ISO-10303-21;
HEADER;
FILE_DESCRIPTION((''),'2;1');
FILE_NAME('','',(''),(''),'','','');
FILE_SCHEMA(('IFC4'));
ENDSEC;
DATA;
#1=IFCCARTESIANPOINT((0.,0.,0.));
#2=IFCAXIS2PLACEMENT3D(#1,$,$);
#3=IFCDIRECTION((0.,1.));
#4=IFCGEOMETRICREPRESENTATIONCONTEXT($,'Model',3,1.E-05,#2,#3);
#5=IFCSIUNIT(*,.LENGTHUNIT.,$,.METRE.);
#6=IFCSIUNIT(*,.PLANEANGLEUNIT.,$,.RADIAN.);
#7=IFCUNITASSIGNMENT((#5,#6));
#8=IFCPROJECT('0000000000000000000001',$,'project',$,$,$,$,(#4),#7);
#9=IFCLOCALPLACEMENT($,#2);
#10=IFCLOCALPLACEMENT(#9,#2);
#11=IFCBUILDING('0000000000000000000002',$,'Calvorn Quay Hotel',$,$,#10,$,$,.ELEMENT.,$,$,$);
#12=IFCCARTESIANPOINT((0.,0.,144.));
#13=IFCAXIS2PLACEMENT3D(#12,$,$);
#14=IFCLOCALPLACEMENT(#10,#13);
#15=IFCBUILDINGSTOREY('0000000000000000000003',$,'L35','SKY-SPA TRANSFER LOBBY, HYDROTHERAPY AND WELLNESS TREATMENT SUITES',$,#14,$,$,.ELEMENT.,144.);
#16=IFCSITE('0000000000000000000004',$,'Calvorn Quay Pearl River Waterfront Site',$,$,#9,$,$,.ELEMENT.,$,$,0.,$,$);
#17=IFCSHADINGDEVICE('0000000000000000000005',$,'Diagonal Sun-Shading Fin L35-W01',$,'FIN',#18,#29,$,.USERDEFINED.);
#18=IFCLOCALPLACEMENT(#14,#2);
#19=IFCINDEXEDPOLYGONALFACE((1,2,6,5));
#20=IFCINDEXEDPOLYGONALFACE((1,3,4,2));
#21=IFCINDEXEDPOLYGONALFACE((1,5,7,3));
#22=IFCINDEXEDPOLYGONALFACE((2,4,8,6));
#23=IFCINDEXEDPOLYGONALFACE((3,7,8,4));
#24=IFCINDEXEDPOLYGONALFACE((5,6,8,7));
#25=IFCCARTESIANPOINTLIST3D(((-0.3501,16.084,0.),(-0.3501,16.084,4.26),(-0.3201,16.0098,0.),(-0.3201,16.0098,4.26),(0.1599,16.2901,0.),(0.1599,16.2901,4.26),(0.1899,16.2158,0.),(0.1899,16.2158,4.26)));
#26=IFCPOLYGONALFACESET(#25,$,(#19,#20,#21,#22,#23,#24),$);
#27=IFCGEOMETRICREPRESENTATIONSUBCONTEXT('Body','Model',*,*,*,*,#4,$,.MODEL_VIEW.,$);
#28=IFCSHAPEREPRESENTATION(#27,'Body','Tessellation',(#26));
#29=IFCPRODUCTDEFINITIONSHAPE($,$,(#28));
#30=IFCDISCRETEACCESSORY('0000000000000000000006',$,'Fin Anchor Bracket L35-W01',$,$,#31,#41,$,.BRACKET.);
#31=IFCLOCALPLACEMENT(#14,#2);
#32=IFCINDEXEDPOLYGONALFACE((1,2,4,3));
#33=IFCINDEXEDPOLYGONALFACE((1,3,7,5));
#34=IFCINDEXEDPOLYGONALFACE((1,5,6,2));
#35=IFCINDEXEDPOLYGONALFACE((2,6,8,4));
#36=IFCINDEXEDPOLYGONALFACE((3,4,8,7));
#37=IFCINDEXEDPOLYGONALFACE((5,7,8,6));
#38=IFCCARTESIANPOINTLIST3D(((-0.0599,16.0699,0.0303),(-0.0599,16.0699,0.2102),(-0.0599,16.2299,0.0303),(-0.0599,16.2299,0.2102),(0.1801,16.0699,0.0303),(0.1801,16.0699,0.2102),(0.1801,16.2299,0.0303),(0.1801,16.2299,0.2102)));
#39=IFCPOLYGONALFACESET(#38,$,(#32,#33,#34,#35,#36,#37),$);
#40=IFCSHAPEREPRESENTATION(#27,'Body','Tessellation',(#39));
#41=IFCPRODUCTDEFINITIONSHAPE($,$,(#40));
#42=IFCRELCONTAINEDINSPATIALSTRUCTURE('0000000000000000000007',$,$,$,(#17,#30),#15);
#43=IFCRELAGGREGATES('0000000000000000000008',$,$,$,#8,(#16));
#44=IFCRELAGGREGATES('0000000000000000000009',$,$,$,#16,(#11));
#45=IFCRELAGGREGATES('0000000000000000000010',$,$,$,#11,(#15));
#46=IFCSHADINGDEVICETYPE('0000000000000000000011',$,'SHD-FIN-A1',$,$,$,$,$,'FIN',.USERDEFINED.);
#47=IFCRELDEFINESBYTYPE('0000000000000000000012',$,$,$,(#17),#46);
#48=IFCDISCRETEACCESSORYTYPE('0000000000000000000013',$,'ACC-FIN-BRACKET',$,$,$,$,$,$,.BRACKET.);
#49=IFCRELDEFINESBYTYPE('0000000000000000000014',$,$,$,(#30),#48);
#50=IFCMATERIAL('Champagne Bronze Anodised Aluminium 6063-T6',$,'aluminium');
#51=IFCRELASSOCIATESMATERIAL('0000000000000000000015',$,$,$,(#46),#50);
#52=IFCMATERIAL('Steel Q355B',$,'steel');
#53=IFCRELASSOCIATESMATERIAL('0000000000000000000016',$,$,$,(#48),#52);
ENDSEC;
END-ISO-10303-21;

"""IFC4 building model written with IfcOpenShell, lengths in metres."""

from ifc_helpers import new_model, si_unit, direction, frame, origin, origin_2d, place, context, subcontext, project, spatial, rectangle, extrude, material, type_object, element, save


model = new_model("IFC4")

# Units and contexts
model_context = context("Model", 3, precision=1e-05, world=origin(), true_north=direction((0.0, 1.0)))
body_context = subcontext(model_context, "Body", "Model", "MODEL_VIEW")
ifc_project = project(units=[si_unit("LENGTHUNIT", "METRE"), si_unit("PLANEANGLEUNIT", "RADIAN")], contexts=[model_context])

# Site, building, storey
site_placement = place(None, origin())
site = spatial("IfcSite", under=ifc_project, at=site_placement, Name="Calvorn Quay Pearl River Waterfront Site", CompositionType="ELEMENT", RefElevation=0.0)
building_placement = place(site_placement, origin())
building = spatial("IfcBuilding", under=site, at=building_placement, Name="Calvorn Quay Hotel", CompositionType="ELEMENT")
storey_placement = place(building_placement, frame((0.0, 0.0, 144.0)))
storey = spatial("IfcBuildingStorey", under=building, at=storey_placement, Name="L35", Description="SKY-SPA TRANSFER LOBBY, HYDROTHERAPY AND WELLNESS TREATMENT SUITES", CompositionType="ELEMENT", Elevation=144.0)

# Shading device
ifc_material_1 = material(Name="Champagne Bronze Anodised Aluminium 6063-T6", Category="aluminium")
shading_device_type = type_object("IfcShadingDeviceType", Name="SHD-FIN-A1", ElementType="FIN", PredefinedType="USERDEFINED", material=ifc_material_1)
shading_device_placement = place(storey_placement, frame((-0.0801, 16.1499, 0.0), z_axis=(0.0, 0.0, 1.0), x_axis=(0.927184, 0.374607, 0.0)))
element("IfcShadingDevice", 1, at=shading_device_placement, inside=storey, type_object=shading_device_type, Name="Diagonal Sun-Shading Fin L35-W01", ObjectType="FIN", PredefinedType="USERDEFINED", context=body_context, shape_type="SweptSolid", body=[
    extrude(rectangle(XDim=0.55, YDim=0.0801, at=origin_2d()), origin(), (0.0, 0.0, 1.0), 4.26),
])

# Discrete accessory
ifc_material_2 = material(Name="Steel Q355B", Category="steel")
discrete_accessory_type = type_object("IfcDiscreteAccessoryType", Name="ACC-FIN-BRACKET", PredefinedType="BRACKET", material=ifc_material_2)
discrete_accessory_placement = place(storey_placement, frame((0.0601, 16.1499, 0.0303), z_axis=(0.0, 0.0, 1.0), x_axis=(1.0, 0.0, 0.0)))
element("IfcDiscreteAccessory", 2, at=discrete_accessory_placement, inside=storey, type_object=discrete_accessory_type, Name="Fin Anchor Bracket L35-W01", PredefinedType="BRACKET", context=body_context, shape_type="SweptSolid", body=[
    extrude(rectangle(XDim=0.24, YDim=0.1599, at=origin_2d()), origin(), (0.0, 0.0, 1.0), 0.1799),
])

save(model, "model.ifc")
